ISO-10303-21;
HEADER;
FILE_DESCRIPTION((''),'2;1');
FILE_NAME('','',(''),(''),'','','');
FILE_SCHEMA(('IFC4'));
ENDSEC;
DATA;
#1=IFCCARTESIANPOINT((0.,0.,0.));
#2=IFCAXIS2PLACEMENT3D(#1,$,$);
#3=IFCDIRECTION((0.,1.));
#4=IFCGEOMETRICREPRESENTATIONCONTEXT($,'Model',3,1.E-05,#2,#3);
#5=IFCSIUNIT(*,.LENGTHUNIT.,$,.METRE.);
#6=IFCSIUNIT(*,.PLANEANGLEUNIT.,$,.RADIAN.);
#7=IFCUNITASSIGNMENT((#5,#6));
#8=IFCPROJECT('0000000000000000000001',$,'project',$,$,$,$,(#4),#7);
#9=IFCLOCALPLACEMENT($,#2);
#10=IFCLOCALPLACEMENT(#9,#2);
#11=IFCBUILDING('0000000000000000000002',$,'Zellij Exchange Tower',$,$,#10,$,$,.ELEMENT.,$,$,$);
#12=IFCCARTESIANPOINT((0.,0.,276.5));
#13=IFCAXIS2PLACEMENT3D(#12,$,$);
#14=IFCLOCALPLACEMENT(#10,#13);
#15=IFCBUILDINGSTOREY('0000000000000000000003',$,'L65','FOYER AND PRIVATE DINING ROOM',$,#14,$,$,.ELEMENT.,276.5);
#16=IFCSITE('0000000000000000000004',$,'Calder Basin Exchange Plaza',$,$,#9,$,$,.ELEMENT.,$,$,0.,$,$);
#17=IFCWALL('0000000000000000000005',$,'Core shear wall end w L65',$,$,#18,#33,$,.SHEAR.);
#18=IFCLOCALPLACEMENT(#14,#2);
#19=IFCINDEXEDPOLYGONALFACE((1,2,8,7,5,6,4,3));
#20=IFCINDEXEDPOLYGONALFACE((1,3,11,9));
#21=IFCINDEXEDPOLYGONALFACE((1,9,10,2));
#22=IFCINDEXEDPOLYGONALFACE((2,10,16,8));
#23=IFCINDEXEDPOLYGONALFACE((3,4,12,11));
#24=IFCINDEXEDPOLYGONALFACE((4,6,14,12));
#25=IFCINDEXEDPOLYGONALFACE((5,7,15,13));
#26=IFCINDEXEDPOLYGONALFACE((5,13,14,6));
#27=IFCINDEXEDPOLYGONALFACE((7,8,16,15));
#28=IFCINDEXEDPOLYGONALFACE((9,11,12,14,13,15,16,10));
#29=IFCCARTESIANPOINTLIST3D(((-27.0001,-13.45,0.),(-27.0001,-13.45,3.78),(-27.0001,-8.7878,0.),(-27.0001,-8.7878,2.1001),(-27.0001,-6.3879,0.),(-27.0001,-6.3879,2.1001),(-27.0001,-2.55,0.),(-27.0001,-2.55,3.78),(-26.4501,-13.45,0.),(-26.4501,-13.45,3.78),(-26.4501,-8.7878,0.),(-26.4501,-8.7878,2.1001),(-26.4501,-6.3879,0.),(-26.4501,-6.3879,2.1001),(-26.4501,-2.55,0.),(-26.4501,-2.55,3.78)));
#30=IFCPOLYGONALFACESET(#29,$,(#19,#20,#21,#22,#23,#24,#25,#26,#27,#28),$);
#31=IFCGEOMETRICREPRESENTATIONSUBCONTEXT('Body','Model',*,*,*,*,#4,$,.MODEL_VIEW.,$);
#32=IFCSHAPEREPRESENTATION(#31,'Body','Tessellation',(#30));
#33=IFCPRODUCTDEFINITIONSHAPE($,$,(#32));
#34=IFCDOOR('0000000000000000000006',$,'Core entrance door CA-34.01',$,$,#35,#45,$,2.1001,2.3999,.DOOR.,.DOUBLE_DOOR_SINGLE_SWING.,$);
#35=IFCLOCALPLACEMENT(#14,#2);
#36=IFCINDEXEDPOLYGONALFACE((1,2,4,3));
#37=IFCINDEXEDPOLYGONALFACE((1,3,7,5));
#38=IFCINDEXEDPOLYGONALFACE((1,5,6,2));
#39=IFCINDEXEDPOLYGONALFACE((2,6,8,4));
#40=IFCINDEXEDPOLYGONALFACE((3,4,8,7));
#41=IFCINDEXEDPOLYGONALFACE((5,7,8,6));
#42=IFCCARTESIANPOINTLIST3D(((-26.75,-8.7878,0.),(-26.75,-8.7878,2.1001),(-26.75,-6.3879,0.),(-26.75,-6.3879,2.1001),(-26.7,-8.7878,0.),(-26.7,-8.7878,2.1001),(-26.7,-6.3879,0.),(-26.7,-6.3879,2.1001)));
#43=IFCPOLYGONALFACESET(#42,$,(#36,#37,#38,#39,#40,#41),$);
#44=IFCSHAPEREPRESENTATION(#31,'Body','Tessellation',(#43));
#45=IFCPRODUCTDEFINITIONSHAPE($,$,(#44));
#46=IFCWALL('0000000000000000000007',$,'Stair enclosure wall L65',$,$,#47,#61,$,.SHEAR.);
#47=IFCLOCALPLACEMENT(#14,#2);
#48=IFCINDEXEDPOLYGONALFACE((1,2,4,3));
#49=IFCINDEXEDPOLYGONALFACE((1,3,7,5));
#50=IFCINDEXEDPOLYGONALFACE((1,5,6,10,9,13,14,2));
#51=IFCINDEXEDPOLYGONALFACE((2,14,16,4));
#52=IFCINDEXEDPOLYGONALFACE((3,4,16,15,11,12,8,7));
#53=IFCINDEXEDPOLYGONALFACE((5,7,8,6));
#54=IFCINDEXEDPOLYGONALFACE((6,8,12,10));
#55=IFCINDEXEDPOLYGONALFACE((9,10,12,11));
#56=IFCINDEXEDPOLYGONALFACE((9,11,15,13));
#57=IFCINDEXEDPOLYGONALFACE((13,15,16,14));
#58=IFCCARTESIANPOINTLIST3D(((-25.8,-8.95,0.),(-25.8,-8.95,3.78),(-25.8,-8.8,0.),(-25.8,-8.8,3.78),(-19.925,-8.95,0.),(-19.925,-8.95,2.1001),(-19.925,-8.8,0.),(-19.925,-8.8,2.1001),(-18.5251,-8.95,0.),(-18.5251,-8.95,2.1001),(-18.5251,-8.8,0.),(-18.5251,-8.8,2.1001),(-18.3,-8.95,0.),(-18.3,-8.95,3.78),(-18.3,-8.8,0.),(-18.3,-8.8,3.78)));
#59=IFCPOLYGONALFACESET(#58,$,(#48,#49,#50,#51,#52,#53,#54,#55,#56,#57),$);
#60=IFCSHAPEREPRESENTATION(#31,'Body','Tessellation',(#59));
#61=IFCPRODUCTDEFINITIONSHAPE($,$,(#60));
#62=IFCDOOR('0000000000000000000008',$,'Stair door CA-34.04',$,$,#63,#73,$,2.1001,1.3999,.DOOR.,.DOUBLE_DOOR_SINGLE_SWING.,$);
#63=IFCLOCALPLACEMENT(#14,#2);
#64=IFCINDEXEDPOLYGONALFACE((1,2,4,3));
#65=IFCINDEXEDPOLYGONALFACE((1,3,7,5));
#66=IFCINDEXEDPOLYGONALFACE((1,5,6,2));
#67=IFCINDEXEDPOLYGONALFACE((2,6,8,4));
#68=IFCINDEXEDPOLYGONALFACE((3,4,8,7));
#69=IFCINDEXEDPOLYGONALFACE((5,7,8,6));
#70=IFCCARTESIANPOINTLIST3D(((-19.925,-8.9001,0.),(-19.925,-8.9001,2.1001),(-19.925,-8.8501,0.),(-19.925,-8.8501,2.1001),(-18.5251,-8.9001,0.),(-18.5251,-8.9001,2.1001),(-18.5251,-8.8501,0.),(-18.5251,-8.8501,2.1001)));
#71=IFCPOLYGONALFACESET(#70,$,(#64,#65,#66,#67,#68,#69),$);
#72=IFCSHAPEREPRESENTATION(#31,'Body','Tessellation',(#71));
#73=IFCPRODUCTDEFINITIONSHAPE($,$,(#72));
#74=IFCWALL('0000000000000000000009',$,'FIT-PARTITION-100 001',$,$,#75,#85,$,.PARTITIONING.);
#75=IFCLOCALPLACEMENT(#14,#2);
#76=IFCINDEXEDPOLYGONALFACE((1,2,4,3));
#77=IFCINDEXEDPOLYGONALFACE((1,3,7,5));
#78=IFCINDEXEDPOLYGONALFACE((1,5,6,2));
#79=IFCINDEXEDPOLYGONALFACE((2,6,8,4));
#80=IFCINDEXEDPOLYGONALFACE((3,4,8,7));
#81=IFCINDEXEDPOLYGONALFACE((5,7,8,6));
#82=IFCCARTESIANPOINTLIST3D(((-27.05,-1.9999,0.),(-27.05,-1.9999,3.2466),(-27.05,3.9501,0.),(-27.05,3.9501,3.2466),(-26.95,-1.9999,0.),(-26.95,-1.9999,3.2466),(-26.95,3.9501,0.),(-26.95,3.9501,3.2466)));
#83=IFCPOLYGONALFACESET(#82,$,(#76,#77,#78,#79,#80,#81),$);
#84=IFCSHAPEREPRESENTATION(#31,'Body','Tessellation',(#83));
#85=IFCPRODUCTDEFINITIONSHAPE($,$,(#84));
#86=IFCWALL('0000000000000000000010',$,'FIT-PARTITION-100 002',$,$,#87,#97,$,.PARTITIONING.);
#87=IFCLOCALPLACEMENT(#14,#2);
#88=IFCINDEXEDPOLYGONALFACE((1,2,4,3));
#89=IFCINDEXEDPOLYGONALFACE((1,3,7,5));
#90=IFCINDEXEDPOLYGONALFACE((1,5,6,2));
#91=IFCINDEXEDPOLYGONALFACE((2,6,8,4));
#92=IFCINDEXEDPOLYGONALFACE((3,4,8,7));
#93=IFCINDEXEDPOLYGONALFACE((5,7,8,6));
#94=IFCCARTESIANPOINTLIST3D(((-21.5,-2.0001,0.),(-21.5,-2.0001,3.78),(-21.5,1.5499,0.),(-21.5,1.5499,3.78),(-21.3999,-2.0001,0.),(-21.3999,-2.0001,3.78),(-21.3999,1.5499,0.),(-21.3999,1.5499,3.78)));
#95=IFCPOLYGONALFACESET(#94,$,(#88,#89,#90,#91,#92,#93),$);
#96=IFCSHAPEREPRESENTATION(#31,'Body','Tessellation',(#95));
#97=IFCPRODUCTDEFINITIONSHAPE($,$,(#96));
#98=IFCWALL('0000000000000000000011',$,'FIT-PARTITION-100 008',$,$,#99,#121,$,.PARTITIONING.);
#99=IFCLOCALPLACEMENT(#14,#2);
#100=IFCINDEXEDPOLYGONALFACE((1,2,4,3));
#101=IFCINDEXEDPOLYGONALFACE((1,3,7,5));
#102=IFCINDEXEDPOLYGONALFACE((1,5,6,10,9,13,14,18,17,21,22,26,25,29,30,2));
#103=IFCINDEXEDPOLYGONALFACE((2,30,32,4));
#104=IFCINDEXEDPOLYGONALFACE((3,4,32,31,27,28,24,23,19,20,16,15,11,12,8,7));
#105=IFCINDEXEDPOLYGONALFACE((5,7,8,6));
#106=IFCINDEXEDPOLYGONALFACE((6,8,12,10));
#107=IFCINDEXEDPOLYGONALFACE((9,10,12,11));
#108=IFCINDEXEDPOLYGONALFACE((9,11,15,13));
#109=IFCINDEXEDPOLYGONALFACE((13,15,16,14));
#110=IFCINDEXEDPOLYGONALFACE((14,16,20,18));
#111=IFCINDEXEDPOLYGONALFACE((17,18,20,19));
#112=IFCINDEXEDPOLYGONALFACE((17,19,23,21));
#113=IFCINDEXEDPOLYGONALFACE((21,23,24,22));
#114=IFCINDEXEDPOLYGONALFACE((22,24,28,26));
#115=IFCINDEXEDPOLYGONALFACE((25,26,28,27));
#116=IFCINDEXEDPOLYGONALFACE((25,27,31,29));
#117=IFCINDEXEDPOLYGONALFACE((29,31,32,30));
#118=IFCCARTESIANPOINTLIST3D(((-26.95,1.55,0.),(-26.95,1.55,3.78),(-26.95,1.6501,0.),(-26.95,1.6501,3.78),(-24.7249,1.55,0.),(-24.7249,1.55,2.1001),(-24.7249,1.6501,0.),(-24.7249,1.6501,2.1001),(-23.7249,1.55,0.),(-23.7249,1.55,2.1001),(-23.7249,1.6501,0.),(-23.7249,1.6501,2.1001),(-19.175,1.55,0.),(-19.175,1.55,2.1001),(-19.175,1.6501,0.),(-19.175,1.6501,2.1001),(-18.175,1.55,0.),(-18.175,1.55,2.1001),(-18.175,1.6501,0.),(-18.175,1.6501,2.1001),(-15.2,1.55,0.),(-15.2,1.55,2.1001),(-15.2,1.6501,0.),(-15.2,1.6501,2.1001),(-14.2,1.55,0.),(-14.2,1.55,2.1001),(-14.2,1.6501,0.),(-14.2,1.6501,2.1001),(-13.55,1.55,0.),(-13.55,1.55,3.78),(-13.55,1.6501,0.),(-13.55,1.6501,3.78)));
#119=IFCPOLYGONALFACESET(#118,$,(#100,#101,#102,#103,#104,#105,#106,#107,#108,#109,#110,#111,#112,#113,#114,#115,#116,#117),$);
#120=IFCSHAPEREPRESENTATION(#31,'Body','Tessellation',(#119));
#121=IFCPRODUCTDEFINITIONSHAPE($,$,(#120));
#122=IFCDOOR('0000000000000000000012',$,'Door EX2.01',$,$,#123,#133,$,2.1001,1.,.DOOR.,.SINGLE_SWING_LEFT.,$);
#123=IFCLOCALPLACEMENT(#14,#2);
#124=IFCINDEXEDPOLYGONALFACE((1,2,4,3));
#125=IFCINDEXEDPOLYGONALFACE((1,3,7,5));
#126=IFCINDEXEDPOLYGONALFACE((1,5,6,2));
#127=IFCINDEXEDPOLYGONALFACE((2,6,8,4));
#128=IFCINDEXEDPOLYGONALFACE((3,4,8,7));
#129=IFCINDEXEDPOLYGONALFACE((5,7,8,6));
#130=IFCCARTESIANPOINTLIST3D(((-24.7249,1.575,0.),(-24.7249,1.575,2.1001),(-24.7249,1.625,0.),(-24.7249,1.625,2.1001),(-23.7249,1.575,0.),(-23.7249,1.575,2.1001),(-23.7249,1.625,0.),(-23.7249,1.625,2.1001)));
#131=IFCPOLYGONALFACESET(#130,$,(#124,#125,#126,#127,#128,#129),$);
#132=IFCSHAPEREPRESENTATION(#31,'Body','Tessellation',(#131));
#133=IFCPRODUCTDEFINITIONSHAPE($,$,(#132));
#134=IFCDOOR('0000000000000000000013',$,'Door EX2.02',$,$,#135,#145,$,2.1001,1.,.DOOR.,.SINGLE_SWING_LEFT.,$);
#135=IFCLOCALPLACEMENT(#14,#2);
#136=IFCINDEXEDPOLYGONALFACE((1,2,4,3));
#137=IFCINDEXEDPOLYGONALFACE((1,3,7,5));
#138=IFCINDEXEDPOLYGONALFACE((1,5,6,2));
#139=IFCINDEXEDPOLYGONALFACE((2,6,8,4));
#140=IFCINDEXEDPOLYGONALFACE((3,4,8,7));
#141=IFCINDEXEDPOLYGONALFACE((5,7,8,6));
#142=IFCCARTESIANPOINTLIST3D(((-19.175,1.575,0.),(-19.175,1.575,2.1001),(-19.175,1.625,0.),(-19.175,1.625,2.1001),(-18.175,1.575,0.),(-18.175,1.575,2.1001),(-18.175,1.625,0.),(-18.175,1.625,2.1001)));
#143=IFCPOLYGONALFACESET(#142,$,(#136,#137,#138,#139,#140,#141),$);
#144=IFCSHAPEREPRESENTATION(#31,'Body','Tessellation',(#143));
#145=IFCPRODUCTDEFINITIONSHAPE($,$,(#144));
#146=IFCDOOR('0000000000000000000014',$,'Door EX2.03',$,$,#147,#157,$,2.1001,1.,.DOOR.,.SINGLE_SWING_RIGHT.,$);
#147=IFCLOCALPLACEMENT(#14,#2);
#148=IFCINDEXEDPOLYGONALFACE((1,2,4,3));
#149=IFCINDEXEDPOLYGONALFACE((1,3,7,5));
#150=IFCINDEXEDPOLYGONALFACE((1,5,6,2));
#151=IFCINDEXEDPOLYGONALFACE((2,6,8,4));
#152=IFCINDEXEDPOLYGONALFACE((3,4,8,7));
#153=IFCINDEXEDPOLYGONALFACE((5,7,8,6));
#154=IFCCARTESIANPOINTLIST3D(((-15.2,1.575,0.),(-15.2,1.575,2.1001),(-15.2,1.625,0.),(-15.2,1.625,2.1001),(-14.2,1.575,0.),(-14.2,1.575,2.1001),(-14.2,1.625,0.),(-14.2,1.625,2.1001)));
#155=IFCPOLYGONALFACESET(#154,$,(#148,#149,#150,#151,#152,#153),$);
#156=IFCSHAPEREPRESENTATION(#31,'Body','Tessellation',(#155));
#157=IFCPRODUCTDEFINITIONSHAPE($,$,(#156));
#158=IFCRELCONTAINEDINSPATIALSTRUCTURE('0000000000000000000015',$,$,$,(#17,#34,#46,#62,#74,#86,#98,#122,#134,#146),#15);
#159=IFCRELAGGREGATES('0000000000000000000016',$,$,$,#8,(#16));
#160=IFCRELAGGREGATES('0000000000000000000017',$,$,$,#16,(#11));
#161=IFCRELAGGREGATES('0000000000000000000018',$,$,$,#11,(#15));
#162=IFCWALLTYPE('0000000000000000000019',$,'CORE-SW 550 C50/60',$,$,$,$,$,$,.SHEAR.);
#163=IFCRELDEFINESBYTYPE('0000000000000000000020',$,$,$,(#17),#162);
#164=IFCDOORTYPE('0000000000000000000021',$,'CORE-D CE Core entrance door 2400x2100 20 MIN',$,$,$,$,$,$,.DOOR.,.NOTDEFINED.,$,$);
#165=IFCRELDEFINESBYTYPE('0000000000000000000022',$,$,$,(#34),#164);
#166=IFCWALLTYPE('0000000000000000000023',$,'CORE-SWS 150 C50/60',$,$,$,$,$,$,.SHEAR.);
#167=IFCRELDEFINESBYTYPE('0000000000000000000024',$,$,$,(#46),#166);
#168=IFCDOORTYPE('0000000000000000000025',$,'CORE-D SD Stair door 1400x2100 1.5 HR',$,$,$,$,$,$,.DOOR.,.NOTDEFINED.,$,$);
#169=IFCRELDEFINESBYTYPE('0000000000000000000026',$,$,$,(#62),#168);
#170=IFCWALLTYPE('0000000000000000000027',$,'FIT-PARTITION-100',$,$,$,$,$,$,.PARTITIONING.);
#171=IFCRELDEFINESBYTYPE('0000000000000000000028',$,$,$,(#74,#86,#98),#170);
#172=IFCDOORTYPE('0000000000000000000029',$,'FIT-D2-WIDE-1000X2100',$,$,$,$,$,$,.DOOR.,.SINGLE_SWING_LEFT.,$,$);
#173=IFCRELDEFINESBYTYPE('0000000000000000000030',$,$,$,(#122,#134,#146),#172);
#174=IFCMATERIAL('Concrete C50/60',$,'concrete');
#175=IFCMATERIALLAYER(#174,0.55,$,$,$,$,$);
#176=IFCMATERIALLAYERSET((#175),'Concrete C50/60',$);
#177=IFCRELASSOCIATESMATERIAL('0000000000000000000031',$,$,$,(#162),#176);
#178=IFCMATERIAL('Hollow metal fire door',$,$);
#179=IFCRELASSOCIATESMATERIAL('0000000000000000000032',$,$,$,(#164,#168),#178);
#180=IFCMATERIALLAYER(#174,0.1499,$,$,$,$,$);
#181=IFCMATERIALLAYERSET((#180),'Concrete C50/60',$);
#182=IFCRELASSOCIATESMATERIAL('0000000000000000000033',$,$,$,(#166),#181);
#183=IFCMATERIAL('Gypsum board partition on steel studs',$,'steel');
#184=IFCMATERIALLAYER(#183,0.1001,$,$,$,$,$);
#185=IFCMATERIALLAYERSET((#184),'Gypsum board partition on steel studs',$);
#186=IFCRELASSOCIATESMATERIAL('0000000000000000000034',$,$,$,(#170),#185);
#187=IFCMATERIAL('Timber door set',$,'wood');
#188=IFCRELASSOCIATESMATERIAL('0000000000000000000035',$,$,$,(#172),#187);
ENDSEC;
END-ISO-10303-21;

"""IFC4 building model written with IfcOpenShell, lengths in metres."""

from ifc_helpers import new_model, si_unit, direction, frame, frame_2d, origin, place, context, subcontext, project, spatial, rectangle, extrude, material, layer, layer_set, type_object, element, fill, save


model = new_model("IFC4")

# Units and contexts
model_context = context("Model", 3, precision=1e-05, world=origin(), true_north=direction((0.0, 1.0)))
body_context = subcontext(model_context, "Body", "Model", "MODEL_VIEW")
ifc_project = project(units=[si_unit("LENGTHUNIT", "METRE"), si_unit("PLANEANGLEUNIT", "RADIAN")], contexts=[model_context])

# Site, building, storey
site_placement = place(None, origin())
site = spatial("IfcSite", under=ifc_project, at=site_placement, Name="Calder Basin Exchange Plaza", CompositionType="ELEMENT", RefElevation=0.0)
building_placement = place(site_placement, origin())
building = spatial("IfcBuilding", under=site, at=building_placement, Name="Zellij Exchange Tower", CompositionType="ELEMENT")
storey_placement = place(building_placement, frame((0.0, 0.0, 276.5)))
storey = spatial("IfcBuildingStorey", under=building, at=storey_placement, Name="L65", Description="FOYER AND PRIVATE DINING ROOM", CompositionType="ELEMENT", Elevation=276.5)

# Shared definitions
ifc_material_1 = material(Name="Hollow metal fire door")

# Walls, openings, doors
ifc_material_2 = material(Name="Concrete C50/60", Category="concrete")
ifc_layer_1 = layer(ifc_material_2, 0.55)
ifc_layer_set_1 = layer_set([ifc_layer_1], Name="Concrete C50/60")
wall_type_1 = type_object("IfcWallType", Name="CORE-SW 550 C50/60", PredefinedType="SHEAR", material=ifc_layer_set_1)
wall_1_placement = place(storey_placement, frame((-26.7251, -13.45, 0.0), z_axis=(0.0, 0.0, 1.0), x_axis=(0.0, 1.0, 0.0)))
wall_1 = element("IfcWall", 1, at=wall_1_placement, inside=storey, type_object=wall_type_1, Name="Core shear wall end w L65", PredefinedType="SHEAR", context=body_context, shape_type="SweptSolid", body=[
    extrude(rectangle(XDim=10.8999, YDim=0.55, at=frame_2d((5.45, 0.0))), origin(), (0.0, 0.0, 1.0), 3.78),
])
opening_1_placement = place(wall_1_placement, frame((4.6621, 0.0, 0.0)))
opening_1 = element("IfcOpeningElement", 2, at=opening_1_placement, cuts=wall_1, PredefinedType="OPENING", context=body_context, shape_type="SweptSolid", body=[
    extrude(rectangle(XDim=2.3999, YDim=2.1001, at=frame_2d((1.2, 1.05))), frame((0.0, 0.2871, 0.0), z_axis=(0.0, -1.0, 0.0), x_axis=(1.0, 0.0, 0.0)), (0.0, 0.0, 1.0), 0.574),
])
door_type_1 = type_object("IfcDoorType", Name="CORE-D CE Core entrance door 2400x2100 20 MIN", OperationType="NOTDEFINED", PredefinedType="DOOR", material=ifc_material_1)
door_1_placement = place(opening_1_placement, origin())
door_1 = element("IfcDoor", 3, at=door_1_placement, inside=storey, type_object=door_type_1, Name="Core entrance door CA-34.01", OperationType="DOUBLE_DOOR_SINGLE_SWING", OverallHeight=2.1001, OverallWidth=2.3999, PredefinedType="DOOR", context=body_context, shape_type="SweptSolid", body=[
    extrude(rectangle(XDim=2.3999, YDim=2.1001, at=frame_2d((1.2, 1.05))), frame((0.0, 0.0249, 0.0), z_axis=(0.0, -1.0, 0.0), x_axis=(1.0, 0.0, 0.0)), (0.0, 0.0, 1.0), 0.05),
])
fill(opening_1, door_1)
ifc_layer_2 = layer(ifc_material_2, 0.1499)
ifc_layer_set_2 = layer_set([ifc_layer_2], Name="Concrete C50/60")
wall_type_2 = type_object("IfcWallType", Name="CORE-SWS 150 C50/60", PredefinedType="SHEAR", material=ifc_layer_set_2)
wall_2_placement = place(storey_placement, frame((-25.8, -8.875, 0.0), z_axis=(0.0, 0.0, 1.0), x_axis=(1.0, 0.0, 0.0)))
wall_2 = element("IfcWall", 4, at=wall_2_placement, inside=storey, type_object=wall_type_2, Name="Stair enclosure wall L65", PredefinedType="SHEAR", context=body_context, shape_type="SweptSolid", body=[
    extrude(rectangle(XDim=7.5, YDim=0.1499, at=frame_2d((3.75, 0.0))), origin(), (0.0, 0.0, 1.0), 3.78),
])
opening_2_placement = place(wall_2_placement, frame((5.875, 0.0, 0.0)))
opening_2 = element("IfcOpeningElement", 5, at=opening_2_placement, cuts=wall_2, PredefinedType="OPENING", context=body_context, shape_type="SweptSolid", body=[
    extrude(rectangle(XDim=1.3999, YDim=2.1001, at=frame_2d((0.7, 1.05))), frame((0.0, 0.0869, 0.0), z_axis=(0.0, -1.0, 0.0), x_axis=(1.0, 0.0, 0.0)), (0.0, 0.0, 1.0), 0.1738),
])
door_type_2 = type_object("IfcDoorType", Name="CORE-D SD Stair door 1400x2100 1.5 HR", OperationType="NOTDEFINED", PredefinedType="DOOR", material=ifc_material_1)
door_2_placement = place(opening_2_placement, origin())
door_2 = element("IfcDoor", 6, at=door_2_placement, inside=storey, type_object=door_type_2, Name="Stair door CA-34.04", OperationType="DOUBLE_DOOR_SINGLE_SWING", OverallHeight=2.1001, OverallWidth=1.3999, PredefinedType="DOOR", context=body_context, shape_type="SweptSolid", body=[
    extrude(rectangle(XDim=1.3999, YDim=2.1001, at=frame_2d((0.7, 1.05))), frame((0.0, 0.0249, 0.0), z_axis=(0.0, -1.0, 0.0), x_axis=(1.0, 0.0, 0.0)), (0.0, 0.0, 1.0), 0.05),
])
fill(opening_2, door_2)

# Walls
ifc_material_3 = material(Name="Gypsum board partition on steel studs", Category="steel")
ifc_layer_3 = layer(ifc_material_3, 0.1001)
ifc_layer_set_3 = layer_set([ifc_layer_3], Name="Gypsum board partition on steel studs")
wall_type_3 = type_object("IfcWallType", Name="FIT-PARTITION-100", PredefinedType="PARTITIONING", material=ifc_layer_set_3)
wall_3_placement = place(storey_placement, frame((-27.0, -2.0, 0.0), z_axis=(0.0, 0.0, 1.0), x_axis=(0.0, 1.0, 0.0)))
element("IfcWall", 7, at=wall_3_placement, inside=storey, type_object=wall_type_3, Name="FIT-PARTITION-100 001", PredefinedType="PARTITIONING", context=body_context, shape_type="SweptSolid", body=[
    extrude(rectangle(XDim=5.95, YDim=0.1001, at=frame_2d((2.9751, 0.0))), origin(), (0.0, 0.0, 1.0), 3.2466),
])
wall_4_placement = place(storey_placement, frame((-21.45, -2.0, 0.0), z_axis=(0.0, 0.0, 1.0), x_axis=(0.0, 1.0, 0.0)))
element("IfcWall", 8, at=wall_4_placement, inside=storey, type_object=wall_type_3, Name="FIT-PARTITION-100 002", PredefinedType="PARTITIONING", context=body_context, shape_type="SweptSolid", body=[
    extrude(rectangle(XDim=3.55, YDim=0.1001, at=frame_2d((1.7749, 0.0))), origin(), (0.0, 0.0, 1.0), 3.78),
])

# Wall, openings, doors
wall_5_placement = place(storey_placement, frame((-26.95, 1.6001, 0.0), z_axis=(0.0, 0.0, 1.0), x_axis=(1.0, 0.0, 0.0)))
wall_5 = element("IfcWall", 9, at=wall_5_placement, inside=storey, type_object=wall_type_3, Name="FIT-PARTITION-100 008", PredefinedType="PARTITIONING", context=body_context, shape_type="SweptSolid", body=[
    extrude(rectangle(XDim=13.3999, YDim=0.1001, at=frame_2d((6.7, 0.0))), origin(), (0.0, 0.0, 1.0), 3.78),
])
opening_3_placement = place(wall_5_placement, frame((2.2251, 0.0, 0.0)))
opening_3 = element("IfcOpeningElement", 10, at=opening_3_placement, cuts=wall_5, PredefinedType="OPENING", context=body_context, shape_type="SweptSolid", body=[
    extrude(rectangle(XDim=1.0, YDim=2.1001, at=frame_2d((0.5, 1.05))), frame((0.0, 0.062, 0.0), z_axis=(0.0, -1.0, 0.0), x_axis=(1.0, 0.0, 0.0)), (0.0, 0.0, 1.0), 0.124),
])
opening_4_placement = place(wall_5_placement, frame((7.7749, 0.0, 0.0)))
opening_4 = element("IfcOpeningElement", 11, at=opening_4_placement, cuts=wall_5, PredefinedType="OPENING", context=body_context, shape_type="SweptSolid", body=[
    extrude(rectangle(XDim=1.0, YDim=2.1001, at=frame_2d((0.5, 1.05))), frame((0.0, 0.062, 0.0), z_axis=(0.0, -1.0, 0.0), x_axis=(1.0, 0.0, 0.0)), (0.0, 0.0, 1.0), 0.124),
])
opening_5_placement = place(wall_5_placement, frame((11.75, 0.0, 0.0)))
opening_5 = element("IfcOpeningElement", 12, at=opening_5_placement, cuts=wall_5, PredefinedType="OPENING", context=body_context, shape_type="SweptSolid", body=[
    extrude(rectangle(XDim=1.0, YDim=2.1001, at=frame_2d((0.5, 1.05))), frame((0.0, 0.062, 0.0), z_axis=(0.0, -1.0, 0.0), x_axis=(1.0, 0.0, 0.0)), (0.0, 0.0, 1.0), 0.124),
])
ifc_material_4 = material(Name="Timber door set", Category="wood")
door_type_3 = type_object("IfcDoorType", Name="FIT-D2-WIDE-1000X2100", OperationType="SINGLE_SWING_LEFT", PredefinedType="DOOR", material=ifc_material_4)
door_3_placement = place(opening_3_placement, origin())
door_3 = element("IfcDoor", 13, at=door_3_placement, inside=storey, type_object=door_type_3, Name="Door EX2.01", OperationType="SINGLE_SWING_LEFT", OverallHeight=2.1001, OverallWidth=1.0, PredefinedType="DOOR", context=body_context, shape_type="SweptSolid", body=[
    extrude(rectangle(XDim=1.0, YDim=2.1001, at=frame_2d((0.5, 1.05))), frame((0.0, 0.0249, 0.0), z_axis=(0.0, -1.0, 0.0), x_axis=(1.0, 0.0, 0.0)), (0.0, 0.0, 1.0), 0.05),
])
fill(opening_3, door_3)
door_4_placement = place(opening_4_placement, origin())
door_4 = element("IfcDoor", 14, at=door_4_placement, inside=storey, type_object=door_type_3, Name="Door EX2.02", OperationType="SINGLE_SWING_LEFT", OverallHeight=2.1001, OverallWidth=1.0, PredefinedType="DOOR", context=body_context, shape_type="SweptSolid", body=[
    extrude(rectangle(XDim=1.0, YDim=2.1001, at=frame_2d((0.5, 1.05))), frame((0.0, 0.0249, 0.0), z_axis=(0.0, -1.0, 0.0), x_axis=(1.0, 0.0, 0.0)), (0.0, 0.0, 1.0), 0.05),
])
fill(opening_4, door_4)
door_5_placement = place(opening_5_placement, origin())
door_5 = element("IfcDoor", 15, at=door_5_placement, inside=storey, type_object=door_type_3, Name="Door EX2.03", OperationType="SINGLE_SWING_RIGHT", OverallHeight=2.1001, OverallWidth=1.0, PredefinedType="DOOR", context=body_context, shape_type="SweptSolid", body=[
    extrude(rectangle(XDim=1.0, YDim=2.1001, at=frame_2d((0.5, 1.05))), frame((0.0, 0.0249, 0.0), z_axis=(0.0, -1.0, 0.0), x_axis=(1.0, 0.0, 0.0)), (0.0, 0.0, 1.0), 0.05),
])
fill(opening_5, door_5)

save(model, "model.ifc")
